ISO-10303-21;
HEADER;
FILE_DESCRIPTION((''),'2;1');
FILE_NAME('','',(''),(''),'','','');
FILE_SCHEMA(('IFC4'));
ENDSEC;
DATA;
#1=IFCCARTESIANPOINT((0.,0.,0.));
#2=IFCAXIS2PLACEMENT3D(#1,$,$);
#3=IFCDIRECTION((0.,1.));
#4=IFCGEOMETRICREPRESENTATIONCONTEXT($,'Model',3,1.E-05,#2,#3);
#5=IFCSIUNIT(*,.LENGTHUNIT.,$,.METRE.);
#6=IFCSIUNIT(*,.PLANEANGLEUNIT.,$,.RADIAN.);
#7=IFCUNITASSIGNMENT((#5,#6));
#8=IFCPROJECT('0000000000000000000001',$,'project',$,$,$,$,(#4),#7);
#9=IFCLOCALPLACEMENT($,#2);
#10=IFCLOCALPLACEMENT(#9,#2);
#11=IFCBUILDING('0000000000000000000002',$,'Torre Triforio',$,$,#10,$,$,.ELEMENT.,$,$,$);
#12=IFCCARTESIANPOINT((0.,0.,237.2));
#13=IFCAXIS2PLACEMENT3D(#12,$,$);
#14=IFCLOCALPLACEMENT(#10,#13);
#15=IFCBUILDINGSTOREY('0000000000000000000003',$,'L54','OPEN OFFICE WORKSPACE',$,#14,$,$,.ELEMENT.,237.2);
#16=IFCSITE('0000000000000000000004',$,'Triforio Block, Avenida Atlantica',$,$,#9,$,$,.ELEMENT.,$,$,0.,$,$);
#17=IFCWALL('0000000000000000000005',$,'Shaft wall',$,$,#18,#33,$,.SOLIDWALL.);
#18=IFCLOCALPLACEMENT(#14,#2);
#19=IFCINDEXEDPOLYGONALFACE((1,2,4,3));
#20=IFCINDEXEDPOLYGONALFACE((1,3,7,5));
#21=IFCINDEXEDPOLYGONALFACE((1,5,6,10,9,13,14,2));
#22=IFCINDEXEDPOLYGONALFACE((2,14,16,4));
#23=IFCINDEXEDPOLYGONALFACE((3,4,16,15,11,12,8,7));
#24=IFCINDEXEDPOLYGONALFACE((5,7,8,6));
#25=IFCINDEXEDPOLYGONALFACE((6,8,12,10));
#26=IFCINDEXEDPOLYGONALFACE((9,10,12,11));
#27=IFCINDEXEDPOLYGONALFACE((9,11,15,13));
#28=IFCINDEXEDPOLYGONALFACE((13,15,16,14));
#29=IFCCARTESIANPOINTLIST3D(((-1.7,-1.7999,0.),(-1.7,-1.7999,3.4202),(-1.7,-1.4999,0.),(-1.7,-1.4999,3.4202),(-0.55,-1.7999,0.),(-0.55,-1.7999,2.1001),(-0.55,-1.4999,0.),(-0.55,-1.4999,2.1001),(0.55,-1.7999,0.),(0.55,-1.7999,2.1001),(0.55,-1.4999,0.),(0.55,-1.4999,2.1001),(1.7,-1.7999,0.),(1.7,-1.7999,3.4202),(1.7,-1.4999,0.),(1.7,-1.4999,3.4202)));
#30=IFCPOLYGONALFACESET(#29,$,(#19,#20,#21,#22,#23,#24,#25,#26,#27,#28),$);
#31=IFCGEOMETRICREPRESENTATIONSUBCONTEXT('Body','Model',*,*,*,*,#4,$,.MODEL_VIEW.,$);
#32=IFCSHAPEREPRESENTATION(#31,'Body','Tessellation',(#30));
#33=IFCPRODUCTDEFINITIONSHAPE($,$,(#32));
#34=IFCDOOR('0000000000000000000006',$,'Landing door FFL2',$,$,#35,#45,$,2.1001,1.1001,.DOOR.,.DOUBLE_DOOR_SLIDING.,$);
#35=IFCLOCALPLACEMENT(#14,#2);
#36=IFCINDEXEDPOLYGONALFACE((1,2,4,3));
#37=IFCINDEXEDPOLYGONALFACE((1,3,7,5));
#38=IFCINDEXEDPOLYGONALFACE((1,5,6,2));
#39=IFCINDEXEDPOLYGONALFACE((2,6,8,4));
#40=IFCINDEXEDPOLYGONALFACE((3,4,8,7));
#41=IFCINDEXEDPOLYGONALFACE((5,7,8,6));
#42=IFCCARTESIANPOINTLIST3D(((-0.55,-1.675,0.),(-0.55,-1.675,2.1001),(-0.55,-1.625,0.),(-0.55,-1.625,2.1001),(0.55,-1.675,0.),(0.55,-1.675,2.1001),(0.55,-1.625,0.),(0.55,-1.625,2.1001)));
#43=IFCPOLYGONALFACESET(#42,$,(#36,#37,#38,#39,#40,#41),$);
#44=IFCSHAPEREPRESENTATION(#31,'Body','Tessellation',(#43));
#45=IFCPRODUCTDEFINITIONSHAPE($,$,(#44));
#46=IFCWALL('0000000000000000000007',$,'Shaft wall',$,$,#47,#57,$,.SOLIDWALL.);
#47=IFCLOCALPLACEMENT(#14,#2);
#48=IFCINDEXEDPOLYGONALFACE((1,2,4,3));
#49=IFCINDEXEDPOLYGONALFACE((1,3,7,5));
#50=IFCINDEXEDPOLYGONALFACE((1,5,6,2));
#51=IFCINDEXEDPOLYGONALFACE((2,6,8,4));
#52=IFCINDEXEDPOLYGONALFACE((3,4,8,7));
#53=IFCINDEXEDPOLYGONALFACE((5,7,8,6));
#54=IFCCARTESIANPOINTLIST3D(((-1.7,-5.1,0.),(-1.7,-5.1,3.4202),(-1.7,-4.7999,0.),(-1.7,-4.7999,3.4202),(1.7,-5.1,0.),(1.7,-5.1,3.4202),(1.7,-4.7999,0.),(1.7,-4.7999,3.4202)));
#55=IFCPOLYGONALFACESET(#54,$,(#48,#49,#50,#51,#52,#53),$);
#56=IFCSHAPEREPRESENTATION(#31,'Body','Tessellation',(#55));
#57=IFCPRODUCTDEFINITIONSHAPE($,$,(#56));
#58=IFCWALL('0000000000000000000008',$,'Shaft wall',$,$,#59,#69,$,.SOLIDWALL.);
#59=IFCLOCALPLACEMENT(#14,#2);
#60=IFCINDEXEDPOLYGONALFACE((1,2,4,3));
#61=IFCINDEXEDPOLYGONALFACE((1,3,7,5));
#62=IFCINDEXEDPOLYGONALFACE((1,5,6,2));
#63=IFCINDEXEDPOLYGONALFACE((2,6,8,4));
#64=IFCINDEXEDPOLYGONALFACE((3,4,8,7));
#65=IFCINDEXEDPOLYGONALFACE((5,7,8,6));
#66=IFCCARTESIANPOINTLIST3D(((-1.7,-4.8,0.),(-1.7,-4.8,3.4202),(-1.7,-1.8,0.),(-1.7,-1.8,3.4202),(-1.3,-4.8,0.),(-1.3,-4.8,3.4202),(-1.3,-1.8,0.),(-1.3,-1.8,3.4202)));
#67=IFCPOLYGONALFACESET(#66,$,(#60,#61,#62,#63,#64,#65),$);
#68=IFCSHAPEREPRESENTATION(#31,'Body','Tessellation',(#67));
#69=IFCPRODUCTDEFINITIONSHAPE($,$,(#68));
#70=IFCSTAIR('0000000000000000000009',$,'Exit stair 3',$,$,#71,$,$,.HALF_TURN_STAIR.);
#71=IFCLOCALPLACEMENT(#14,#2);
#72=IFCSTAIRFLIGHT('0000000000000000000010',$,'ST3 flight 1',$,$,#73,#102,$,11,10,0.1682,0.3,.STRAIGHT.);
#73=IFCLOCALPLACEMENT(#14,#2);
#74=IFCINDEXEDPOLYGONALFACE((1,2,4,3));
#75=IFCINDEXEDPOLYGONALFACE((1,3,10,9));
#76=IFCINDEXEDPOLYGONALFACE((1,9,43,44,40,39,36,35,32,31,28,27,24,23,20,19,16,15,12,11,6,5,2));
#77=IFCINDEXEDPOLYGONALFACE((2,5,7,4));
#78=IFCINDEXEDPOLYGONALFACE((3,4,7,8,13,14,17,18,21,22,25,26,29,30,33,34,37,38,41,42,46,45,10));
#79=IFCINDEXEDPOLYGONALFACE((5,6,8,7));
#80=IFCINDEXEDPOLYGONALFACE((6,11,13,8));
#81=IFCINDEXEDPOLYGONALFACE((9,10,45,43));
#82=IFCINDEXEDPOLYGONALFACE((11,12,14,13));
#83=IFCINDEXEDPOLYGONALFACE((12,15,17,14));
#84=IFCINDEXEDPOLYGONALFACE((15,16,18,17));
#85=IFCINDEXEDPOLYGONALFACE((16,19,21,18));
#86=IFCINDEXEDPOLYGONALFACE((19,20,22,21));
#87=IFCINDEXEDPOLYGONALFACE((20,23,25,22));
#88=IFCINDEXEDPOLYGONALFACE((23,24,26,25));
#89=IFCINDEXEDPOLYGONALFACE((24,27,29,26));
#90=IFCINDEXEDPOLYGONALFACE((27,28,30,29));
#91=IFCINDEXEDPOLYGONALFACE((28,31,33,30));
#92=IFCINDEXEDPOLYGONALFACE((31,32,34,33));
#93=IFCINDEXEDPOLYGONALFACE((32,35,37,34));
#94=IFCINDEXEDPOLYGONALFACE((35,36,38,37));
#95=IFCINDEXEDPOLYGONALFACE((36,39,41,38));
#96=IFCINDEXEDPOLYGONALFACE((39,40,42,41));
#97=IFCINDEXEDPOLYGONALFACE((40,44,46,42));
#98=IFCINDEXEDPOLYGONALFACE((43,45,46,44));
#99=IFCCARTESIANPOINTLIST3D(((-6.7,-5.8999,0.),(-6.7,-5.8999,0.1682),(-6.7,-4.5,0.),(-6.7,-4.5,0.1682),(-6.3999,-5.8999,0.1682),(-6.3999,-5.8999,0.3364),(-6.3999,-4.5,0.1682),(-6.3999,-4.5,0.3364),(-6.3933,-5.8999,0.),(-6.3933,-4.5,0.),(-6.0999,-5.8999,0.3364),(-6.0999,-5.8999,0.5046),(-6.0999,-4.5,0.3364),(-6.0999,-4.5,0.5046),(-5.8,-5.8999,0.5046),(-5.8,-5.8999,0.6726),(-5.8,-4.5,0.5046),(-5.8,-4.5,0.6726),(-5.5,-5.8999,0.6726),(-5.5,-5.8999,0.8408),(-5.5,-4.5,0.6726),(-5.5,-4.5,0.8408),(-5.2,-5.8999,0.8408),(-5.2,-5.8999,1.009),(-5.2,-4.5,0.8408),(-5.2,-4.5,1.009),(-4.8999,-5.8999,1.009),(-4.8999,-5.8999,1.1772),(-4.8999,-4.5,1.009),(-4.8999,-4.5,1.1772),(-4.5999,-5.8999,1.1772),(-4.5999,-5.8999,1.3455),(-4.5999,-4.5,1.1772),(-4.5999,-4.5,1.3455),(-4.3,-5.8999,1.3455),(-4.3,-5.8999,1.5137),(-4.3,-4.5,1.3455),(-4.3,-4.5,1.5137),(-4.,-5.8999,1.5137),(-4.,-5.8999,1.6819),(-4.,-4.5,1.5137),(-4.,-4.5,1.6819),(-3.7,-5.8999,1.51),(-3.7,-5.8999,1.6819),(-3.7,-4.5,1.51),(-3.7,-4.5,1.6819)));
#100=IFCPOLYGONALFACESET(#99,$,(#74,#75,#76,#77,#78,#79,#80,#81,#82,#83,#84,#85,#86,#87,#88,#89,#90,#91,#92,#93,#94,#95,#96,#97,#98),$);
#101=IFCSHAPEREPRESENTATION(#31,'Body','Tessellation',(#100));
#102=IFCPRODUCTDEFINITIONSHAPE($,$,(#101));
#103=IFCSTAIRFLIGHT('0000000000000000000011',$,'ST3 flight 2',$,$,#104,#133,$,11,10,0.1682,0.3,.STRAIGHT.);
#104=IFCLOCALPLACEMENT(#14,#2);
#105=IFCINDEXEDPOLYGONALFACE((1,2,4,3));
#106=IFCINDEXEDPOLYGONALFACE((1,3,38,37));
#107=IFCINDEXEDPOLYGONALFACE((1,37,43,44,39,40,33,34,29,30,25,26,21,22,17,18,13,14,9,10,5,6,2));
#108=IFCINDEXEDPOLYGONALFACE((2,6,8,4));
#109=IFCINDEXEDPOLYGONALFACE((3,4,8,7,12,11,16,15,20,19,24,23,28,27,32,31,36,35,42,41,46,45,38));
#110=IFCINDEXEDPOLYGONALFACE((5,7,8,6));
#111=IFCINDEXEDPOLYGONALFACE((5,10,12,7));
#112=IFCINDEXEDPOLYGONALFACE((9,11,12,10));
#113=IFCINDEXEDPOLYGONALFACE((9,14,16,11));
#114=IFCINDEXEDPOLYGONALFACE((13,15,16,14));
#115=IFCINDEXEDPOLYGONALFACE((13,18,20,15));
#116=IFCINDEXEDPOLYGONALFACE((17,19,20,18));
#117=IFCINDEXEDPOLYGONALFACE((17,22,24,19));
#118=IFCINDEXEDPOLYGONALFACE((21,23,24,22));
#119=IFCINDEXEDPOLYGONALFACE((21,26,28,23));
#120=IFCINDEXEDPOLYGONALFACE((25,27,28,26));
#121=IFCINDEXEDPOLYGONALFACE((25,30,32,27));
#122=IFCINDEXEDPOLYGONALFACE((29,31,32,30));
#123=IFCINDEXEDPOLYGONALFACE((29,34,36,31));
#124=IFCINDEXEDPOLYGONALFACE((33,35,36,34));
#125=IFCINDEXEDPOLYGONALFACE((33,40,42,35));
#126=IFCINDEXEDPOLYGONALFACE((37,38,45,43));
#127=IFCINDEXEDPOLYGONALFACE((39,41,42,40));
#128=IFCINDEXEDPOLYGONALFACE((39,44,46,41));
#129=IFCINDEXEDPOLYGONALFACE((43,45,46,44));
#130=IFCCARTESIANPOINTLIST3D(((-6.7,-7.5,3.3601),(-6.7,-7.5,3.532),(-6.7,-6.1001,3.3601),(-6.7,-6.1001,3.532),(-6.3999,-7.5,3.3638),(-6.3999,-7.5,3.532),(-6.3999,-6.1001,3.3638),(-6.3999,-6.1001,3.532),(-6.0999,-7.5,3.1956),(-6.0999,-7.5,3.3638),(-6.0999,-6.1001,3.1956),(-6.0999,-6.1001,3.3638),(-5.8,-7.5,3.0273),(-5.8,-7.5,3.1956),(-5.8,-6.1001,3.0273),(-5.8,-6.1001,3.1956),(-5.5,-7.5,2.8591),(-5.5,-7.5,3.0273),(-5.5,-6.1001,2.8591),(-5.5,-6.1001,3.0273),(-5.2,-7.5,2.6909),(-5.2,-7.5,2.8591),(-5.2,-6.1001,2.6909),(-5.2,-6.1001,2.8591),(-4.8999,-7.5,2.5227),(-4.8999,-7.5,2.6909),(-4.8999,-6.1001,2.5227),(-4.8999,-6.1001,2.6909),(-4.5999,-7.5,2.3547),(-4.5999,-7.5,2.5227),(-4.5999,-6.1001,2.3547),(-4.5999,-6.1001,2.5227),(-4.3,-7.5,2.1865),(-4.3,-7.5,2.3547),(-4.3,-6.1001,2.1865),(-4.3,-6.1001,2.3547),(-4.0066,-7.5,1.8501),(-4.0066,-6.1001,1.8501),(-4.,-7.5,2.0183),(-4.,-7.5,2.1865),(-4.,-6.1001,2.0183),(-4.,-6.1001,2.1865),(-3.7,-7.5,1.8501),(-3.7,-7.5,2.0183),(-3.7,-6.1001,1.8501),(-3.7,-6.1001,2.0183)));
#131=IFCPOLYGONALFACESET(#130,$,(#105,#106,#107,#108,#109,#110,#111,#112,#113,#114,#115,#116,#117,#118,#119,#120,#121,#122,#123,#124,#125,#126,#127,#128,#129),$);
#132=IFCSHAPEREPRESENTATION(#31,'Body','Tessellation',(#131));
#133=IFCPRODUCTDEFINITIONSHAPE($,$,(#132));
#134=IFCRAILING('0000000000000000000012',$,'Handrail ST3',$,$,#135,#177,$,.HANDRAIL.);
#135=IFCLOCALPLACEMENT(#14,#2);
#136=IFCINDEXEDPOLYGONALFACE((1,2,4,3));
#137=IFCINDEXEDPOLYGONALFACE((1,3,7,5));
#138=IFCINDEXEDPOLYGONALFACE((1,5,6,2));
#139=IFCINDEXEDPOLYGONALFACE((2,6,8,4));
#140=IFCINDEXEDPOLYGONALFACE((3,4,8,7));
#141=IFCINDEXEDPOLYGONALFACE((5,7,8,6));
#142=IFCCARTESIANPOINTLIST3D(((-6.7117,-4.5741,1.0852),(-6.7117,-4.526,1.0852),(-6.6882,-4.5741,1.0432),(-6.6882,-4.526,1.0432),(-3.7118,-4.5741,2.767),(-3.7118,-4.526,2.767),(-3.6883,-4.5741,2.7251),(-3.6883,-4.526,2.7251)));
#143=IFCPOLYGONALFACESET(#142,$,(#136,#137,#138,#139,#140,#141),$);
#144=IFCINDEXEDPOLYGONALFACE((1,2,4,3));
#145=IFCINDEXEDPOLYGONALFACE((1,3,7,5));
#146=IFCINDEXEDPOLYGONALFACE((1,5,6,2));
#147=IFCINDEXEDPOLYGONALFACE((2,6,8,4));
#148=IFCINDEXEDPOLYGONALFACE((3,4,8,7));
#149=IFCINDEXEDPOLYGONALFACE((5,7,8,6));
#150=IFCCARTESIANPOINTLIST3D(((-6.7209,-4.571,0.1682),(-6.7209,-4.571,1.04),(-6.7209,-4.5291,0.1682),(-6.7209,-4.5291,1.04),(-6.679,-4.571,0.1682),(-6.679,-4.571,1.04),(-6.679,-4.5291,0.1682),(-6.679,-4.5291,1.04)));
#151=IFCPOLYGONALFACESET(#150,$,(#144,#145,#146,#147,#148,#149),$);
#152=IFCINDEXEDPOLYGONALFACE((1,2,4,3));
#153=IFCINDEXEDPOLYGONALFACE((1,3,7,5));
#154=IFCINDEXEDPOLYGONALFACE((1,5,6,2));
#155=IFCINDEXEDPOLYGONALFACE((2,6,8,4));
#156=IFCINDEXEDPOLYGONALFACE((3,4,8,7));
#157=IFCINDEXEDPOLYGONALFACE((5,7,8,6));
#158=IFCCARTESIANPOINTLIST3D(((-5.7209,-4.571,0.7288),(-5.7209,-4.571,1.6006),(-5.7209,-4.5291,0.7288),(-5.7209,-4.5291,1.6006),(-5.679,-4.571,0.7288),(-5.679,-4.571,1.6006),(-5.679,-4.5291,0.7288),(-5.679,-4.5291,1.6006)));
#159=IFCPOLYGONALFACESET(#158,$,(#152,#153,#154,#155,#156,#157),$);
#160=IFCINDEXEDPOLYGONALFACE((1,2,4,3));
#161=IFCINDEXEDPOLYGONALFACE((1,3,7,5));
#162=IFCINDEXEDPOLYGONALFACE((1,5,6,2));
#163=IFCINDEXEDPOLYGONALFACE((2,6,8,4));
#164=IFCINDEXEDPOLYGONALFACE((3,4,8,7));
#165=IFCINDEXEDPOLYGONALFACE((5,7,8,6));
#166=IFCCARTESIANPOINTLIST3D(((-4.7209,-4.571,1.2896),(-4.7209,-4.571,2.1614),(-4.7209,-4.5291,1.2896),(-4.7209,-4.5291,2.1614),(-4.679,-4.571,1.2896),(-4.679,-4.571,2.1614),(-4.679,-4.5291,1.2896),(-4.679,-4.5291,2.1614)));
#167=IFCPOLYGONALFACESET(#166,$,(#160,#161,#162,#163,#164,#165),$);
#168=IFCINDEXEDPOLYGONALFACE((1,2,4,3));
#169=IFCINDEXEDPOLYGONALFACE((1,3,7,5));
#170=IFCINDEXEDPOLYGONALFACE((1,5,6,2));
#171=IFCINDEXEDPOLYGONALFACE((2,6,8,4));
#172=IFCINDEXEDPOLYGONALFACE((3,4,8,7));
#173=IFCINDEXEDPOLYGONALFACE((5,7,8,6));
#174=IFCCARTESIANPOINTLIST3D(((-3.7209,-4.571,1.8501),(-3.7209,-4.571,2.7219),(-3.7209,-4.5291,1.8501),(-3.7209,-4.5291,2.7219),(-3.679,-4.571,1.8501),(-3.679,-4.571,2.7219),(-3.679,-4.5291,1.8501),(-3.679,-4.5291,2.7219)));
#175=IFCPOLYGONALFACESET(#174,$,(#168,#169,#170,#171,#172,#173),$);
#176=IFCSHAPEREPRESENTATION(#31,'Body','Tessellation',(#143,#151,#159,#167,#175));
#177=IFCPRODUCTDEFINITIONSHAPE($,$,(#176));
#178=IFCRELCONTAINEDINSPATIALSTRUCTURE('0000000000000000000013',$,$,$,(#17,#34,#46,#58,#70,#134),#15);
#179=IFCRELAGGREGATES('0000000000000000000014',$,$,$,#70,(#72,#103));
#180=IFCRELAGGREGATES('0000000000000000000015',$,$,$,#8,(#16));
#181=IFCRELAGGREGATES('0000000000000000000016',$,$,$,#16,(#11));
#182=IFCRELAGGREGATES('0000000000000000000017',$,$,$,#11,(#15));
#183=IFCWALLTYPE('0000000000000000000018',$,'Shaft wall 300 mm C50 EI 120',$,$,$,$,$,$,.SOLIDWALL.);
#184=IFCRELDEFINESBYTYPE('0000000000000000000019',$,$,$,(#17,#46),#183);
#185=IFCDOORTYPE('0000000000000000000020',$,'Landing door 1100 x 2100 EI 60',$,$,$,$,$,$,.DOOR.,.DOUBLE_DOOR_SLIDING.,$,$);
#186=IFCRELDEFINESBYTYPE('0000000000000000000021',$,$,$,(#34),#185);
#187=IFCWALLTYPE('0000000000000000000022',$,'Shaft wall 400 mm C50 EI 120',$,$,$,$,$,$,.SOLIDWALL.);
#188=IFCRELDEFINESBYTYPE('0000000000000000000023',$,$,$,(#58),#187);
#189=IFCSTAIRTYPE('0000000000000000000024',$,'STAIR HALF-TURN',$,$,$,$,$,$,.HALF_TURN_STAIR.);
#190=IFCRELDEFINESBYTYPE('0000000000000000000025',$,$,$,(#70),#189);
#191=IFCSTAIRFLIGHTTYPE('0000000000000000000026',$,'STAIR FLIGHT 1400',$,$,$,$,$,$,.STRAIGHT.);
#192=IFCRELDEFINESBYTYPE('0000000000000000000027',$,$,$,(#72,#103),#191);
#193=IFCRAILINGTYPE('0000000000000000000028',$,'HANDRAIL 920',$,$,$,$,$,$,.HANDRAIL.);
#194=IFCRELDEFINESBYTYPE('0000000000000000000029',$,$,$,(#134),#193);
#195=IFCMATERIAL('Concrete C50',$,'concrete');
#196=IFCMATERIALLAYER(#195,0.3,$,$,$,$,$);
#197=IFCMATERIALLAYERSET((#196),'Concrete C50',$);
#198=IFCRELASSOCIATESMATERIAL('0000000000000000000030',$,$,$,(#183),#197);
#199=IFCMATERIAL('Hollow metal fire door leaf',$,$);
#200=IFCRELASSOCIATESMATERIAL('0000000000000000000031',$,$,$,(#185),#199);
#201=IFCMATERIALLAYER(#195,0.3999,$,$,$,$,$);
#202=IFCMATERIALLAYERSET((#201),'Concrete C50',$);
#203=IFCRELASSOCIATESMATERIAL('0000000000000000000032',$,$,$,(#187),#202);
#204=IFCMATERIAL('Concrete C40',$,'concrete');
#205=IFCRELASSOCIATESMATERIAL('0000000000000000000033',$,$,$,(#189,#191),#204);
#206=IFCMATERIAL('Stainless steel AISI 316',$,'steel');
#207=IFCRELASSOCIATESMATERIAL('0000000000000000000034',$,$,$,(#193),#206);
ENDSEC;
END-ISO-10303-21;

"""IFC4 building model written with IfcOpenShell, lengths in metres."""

from ifc_helpers import new_model, si_unit, direction, frame, frame_2d, origin, origin_2d, place, context, subcontext, project, spatial, polyline, rectangle, outline, extrude, material, layer, layer_set, type_object, element, fill, aggregate, save


model = new_model("IFC4")

# Units and contexts
model_context = context("Model", 3, precision=1e-05, world=origin(), true_north=direction((0.0, 1.0)))
body_context = subcontext(model_context, "Body", "Model", "MODEL_VIEW")
ifc_project = project(units=[si_unit("LENGTHUNIT", "METRE"), si_unit("PLANEANGLEUNIT", "RADIAN")], contexts=[model_context])

# Site, building, storey
site_placement = place(None, origin())
site = spatial("IfcSite", under=ifc_project, at=site_placement, Name="Triforio Block, Avenida Atlantica", CompositionType="ELEMENT", RefElevation=0.0)
building_placement = place(site_placement, origin())
building = spatial("IfcBuilding", under=site, at=building_placement, Name="Torre Triforio", CompositionType="ELEMENT")
storey_placement = place(building_placement, frame((0.0, 0.0, 237.2)))
storey = spatial("IfcBuildingStorey", under=building, at=storey_placement, Name="L54", Description="OPEN OFFICE WORKSPACE", CompositionType="ELEMENT", Elevation=237.2)

# Shared definitions
ifc_material_1 = material(Name="Concrete C40", Category="concrete")

# Shared definitions
ifc_material_2 = material(Name="Hollow metal fire door leaf")

# Shared definitions
ifc_material_3 = material(Name="Concrete C50", Category="concrete")
ifc_layer_1 = layer(ifc_material_3, 0.3)
ifc_layer_set_1 = layer_set([ifc_layer_1], Name="Concrete C50")
wall_type_1 = type_object("IfcWallType", Name="Shaft wall 300 mm C50 EI 120", PredefinedType="SOLIDWALL", material=ifc_layer_set_1)

# Wall, opening, door
wall_1_placement = place(storey_placement, frame((-1.7, -1.6499, 0.0), z_axis=(0.0, 0.0, 1.0), x_axis=(1.0, 0.0, 0.0)))
wall_1 = element("IfcWall", 1, at=wall_1_placement, inside=storey, type_object=wall_type_1, Name="Shaft wall", PredefinedType="SOLIDWALL", context=body_context, shape_type="SweptSolid", body=[
    extrude(rectangle(XDim=3.3999, YDim=0.3, at=frame_2d((1.7, 0.0))), origin(), (0.0, 0.0, 1.0), 3.4202),
])
opening_1_placement = place(wall_1_placement, frame((1.1499, 0.0, 0.0)))
opening_1 = element("IfcOpeningElement", 2, at=opening_1_placement, cuts=wall_1, PredefinedType="OPENING", context=body_context, shape_type="SweptSolid", body=[
    extrude(rectangle(XDim=1.1001, YDim=2.1001, at=frame_2d((0.55, 1.05))), frame((0.0, 0.1599, 0.0), z_axis=(0.0, -1.0, 0.0), x_axis=(1.0, 0.0, 0.0)), (0.0, 0.0, 1.0), 0.3201),
])
door_type_1 = type_object("IfcDoorType", Name="Landing door 1100 x 2100 EI 60", OperationType="DOUBLE_DOOR_SLIDING", PredefinedType="DOOR", material=ifc_material_2)
door_1_placement = place(opening_1_placement, origin())
door_1 = element("IfcDoor", 3, at=door_1_placement, inside=storey, type_object=door_type_1, Name="Landing door FFL2", OperationType="DOUBLE_DOOR_SLIDING", OverallHeight=2.1001, OverallWidth=1.1001, PredefinedType="DOOR", context=body_context, shape_type="SweptSolid", body=[
    extrude(rectangle(XDim=1.1001, YDim=2.1001, at=frame_2d((0.55, 1.05))), frame((0.0, 0.0249, 0.0), z_axis=(0.0, -1.0, 0.0), x_axis=(1.0, 0.0, 0.0)), (0.0, 0.0, 1.0), 0.05),
])
fill(opening_1, door_1)

# Walls
wall_2_placement = place(storey_placement, frame((-1.7, -4.95, 0.0), z_axis=(0.0, 0.0, 1.0), x_axis=(1.0, 0.0, 0.0)))
element("IfcWall", 4, at=wall_2_placement, inside=storey, type_object=wall_type_1, Name="Shaft wall", PredefinedType="SOLIDWALL", context=body_context, shape_type="SweptSolid", body=[
    extrude(rectangle(XDim=3.3999, YDim=0.3, at=frame_2d((1.7, 0.0))), origin(), (0.0, 0.0, 1.0), 3.4202),
])
ifc_layer_2 = layer(ifc_material_3, 0.3999)
ifc_layer_set_2 = layer_set([ifc_layer_2], Name="Concrete C50")
wall_type_2 = type_object("IfcWallType", Name="Shaft wall 400 mm C50 EI 120", PredefinedType="SOLIDWALL", material=ifc_layer_set_2)
wall_3_placement = place(storey_placement, frame((-1.5, -4.8, 0.0), z_axis=(0.0, 0.0, 1.0), x_axis=(0.0, 1.0, 0.0)))
element("IfcWall", 5, at=wall_3_placement, inside=storey, type_object=wall_type_2, Name="Shaft wall", PredefinedType="SOLIDWALL", context=body_context, shape_type="SweptSolid", body=[
    extrude(rectangle(XDim=3.0, YDim=0.3999, at=frame_2d((1.5, 0.0))), origin(), (0.0, 0.0, 1.0), 3.4202),
])

# Stair, stair flights
stair_type = type_object("IfcStairType", Name="STAIR HALF-TURN", PredefinedType="HALF_TURN_STAIR", material=ifc_material_1)
stair_placement = place(storey_placement, origin())
stair = element("IfcStair", 6, at=stair_placement, inside=storey, type_object=stair_type, Name="Exit stair 3", PredefinedType="HALF_TURN_STAIR")
stair_flight_type = type_object("IfcStairFlightType", Name="STAIR FLIGHT 1400", PredefinedType="STRAIGHT", material=ifc_material_1)
stair_flight_1_placement = place(storey_placement, frame((-6.7, -5.2, 0.0), z_axis=(0.0, 0.0, 1.0), x_axis=(1.0, 0.0, 0.0)))
stair_flight_1 = element("IfcStairFlight", 7, at=stair_flight_1_placement, type_object=stair_flight_type, Name="ST3 flight 1", NumberOfRisers=11, NumberOfTreads=10, PredefinedType="STRAIGHT", RiserHeight=0.1682, TreadLength=0.3, context=body_context, shape_type="SweptSolid", body=[
    extrude(outline(polyline([(0.0, 0.0), (0.0, 0.1682), (0.3, 0.1682), (0.3, 0.3364), (0.6001, 0.3364), (0.6001, 0.5046), (0.8999, 0.5046), (0.8999, 0.6726), (1.2, 0.6726), (1.2, 0.8408), (1.5, 0.8408), (1.5, 1.009), (1.8, 1.009), (1.8, 1.1772), (2.1001, 1.1772), (2.1001, 1.3455), (2.3999, 1.3455), (2.3999, 1.5137), (2.7, 1.5137), (2.7, 1.6819), (3.0, 1.6819), (3.0, 1.8501), (3.0, 1.51), (0.3066, 0.0), (0.0, 0.0)])), frame((0.0, 0.7, 0.0), z_axis=(0.0, -1.0, 0.0), x_axis=(1.0, 0.0, 0.0)), (0.0, 0.0, 1.0), 1.3999),
])
stair_flight_2_placement = place(storey_placement, frame((-3.7, -6.8, 1.8501), z_axis=(0.0, 0.0, 1.0), x_axis=(-1.0, 0.0, 0.0)))
stair_flight_2 = element("IfcStairFlight", 8, at=stair_flight_2_placement, type_object=stair_flight_type, Name="ST3 flight 2", NumberOfRisers=11, NumberOfTreads=10, PredefinedType="STRAIGHT", RiserHeight=0.1682, TreadLength=0.3, context=body_context, shape_type="SweptSolid", body=[
    extrude(outline(polyline([(0.0, 0.0), (0.0, 0.1682), (0.3, 0.1682), (0.3, 0.3364), (0.6001, 0.3364), (0.6001, 0.5046), (0.8999, 0.5046), (0.8999, 0.6726), (1.2, 0.6726), (1.2, 0.8408), (1.5, 0.8408), (1.5, 1.009), (1.8, 1.009), (1.8, 1.1772), (2.1001, 1.1772), (2.1001, 1.3455), (2.3999, 1.3455), (2.3999, 1.5137), (2.7, 1.5137), (2.7, 1.6819), (3.0, 1.6819), (3.0, 1.8501), (3.0, 1.51), (0.3066, 0.0), (0.0, 0.0)])), frame((0.0, 0.7, 0.0), z_axis=(0.0, -1.0, 0.0), x_axis=(1.0, 0.0, 0.0)), (0.0, 0.0, 1.0), 1.3999),
])
aggregate(stair, [stair_flight_1, stair_flight_2])

# Railing
ifc_material_4 = material(Name="Stainless steel AISI 316", Category="steel")
railing_type = type_object("IfcRailingType", Name="HANDRAIL 920", PredefinedType="HANDRAIL", material=ifc_material_4)
for number, where, name in (
    (9, (-6.7, -4.55, 0.1682), "Handrail ST3"),
):
    element("IfcRailing", number, at=place(storey_placement, frame(where)), inside=storey, type_object=railing_type, Name=name, PredefinedType="HANDRAIL", context=body_context, shape_type="SweptSolid", body=[
        extrude(rectangle(XDim=0.0481, YDim=0.0481, at=origin_2d()), frame((0.0, 0.0, 0.896), z_axis=(0.872272, 0.0, 0.48902), x_axis=(0.0, 1.0, 0.0)), (0.0, 0.0, 1.0), 3.4392),
        extrude(rectangle(XDim=0.042, YDim=0.042, at=origin_2d()), origin(), (0.0, 0.0, 1.0), 0.8718),
        extrude(rectangle(XDim=0.042, YDim=0.042, at=origin_2d()), frame((1.0, 0.0, 0.5605)), (0.0, 0.0, 1.0), 0.8718),
        extrude(rectangle(XDim=0.042, YDim=0.042, at=origin_2d()), frame((2.0, 0.0, 1.1213)), (0.0, 0.0, 1.0), 0.8718),
        extrude(rectangle(XDim=0.042, YDim=0.042, at=origin_2d()), frame((3.0, 0.0, 1.6819)), (0.0, 0.0, 1.0), 0.8718),
    ])

save(model, "model.ifc")
